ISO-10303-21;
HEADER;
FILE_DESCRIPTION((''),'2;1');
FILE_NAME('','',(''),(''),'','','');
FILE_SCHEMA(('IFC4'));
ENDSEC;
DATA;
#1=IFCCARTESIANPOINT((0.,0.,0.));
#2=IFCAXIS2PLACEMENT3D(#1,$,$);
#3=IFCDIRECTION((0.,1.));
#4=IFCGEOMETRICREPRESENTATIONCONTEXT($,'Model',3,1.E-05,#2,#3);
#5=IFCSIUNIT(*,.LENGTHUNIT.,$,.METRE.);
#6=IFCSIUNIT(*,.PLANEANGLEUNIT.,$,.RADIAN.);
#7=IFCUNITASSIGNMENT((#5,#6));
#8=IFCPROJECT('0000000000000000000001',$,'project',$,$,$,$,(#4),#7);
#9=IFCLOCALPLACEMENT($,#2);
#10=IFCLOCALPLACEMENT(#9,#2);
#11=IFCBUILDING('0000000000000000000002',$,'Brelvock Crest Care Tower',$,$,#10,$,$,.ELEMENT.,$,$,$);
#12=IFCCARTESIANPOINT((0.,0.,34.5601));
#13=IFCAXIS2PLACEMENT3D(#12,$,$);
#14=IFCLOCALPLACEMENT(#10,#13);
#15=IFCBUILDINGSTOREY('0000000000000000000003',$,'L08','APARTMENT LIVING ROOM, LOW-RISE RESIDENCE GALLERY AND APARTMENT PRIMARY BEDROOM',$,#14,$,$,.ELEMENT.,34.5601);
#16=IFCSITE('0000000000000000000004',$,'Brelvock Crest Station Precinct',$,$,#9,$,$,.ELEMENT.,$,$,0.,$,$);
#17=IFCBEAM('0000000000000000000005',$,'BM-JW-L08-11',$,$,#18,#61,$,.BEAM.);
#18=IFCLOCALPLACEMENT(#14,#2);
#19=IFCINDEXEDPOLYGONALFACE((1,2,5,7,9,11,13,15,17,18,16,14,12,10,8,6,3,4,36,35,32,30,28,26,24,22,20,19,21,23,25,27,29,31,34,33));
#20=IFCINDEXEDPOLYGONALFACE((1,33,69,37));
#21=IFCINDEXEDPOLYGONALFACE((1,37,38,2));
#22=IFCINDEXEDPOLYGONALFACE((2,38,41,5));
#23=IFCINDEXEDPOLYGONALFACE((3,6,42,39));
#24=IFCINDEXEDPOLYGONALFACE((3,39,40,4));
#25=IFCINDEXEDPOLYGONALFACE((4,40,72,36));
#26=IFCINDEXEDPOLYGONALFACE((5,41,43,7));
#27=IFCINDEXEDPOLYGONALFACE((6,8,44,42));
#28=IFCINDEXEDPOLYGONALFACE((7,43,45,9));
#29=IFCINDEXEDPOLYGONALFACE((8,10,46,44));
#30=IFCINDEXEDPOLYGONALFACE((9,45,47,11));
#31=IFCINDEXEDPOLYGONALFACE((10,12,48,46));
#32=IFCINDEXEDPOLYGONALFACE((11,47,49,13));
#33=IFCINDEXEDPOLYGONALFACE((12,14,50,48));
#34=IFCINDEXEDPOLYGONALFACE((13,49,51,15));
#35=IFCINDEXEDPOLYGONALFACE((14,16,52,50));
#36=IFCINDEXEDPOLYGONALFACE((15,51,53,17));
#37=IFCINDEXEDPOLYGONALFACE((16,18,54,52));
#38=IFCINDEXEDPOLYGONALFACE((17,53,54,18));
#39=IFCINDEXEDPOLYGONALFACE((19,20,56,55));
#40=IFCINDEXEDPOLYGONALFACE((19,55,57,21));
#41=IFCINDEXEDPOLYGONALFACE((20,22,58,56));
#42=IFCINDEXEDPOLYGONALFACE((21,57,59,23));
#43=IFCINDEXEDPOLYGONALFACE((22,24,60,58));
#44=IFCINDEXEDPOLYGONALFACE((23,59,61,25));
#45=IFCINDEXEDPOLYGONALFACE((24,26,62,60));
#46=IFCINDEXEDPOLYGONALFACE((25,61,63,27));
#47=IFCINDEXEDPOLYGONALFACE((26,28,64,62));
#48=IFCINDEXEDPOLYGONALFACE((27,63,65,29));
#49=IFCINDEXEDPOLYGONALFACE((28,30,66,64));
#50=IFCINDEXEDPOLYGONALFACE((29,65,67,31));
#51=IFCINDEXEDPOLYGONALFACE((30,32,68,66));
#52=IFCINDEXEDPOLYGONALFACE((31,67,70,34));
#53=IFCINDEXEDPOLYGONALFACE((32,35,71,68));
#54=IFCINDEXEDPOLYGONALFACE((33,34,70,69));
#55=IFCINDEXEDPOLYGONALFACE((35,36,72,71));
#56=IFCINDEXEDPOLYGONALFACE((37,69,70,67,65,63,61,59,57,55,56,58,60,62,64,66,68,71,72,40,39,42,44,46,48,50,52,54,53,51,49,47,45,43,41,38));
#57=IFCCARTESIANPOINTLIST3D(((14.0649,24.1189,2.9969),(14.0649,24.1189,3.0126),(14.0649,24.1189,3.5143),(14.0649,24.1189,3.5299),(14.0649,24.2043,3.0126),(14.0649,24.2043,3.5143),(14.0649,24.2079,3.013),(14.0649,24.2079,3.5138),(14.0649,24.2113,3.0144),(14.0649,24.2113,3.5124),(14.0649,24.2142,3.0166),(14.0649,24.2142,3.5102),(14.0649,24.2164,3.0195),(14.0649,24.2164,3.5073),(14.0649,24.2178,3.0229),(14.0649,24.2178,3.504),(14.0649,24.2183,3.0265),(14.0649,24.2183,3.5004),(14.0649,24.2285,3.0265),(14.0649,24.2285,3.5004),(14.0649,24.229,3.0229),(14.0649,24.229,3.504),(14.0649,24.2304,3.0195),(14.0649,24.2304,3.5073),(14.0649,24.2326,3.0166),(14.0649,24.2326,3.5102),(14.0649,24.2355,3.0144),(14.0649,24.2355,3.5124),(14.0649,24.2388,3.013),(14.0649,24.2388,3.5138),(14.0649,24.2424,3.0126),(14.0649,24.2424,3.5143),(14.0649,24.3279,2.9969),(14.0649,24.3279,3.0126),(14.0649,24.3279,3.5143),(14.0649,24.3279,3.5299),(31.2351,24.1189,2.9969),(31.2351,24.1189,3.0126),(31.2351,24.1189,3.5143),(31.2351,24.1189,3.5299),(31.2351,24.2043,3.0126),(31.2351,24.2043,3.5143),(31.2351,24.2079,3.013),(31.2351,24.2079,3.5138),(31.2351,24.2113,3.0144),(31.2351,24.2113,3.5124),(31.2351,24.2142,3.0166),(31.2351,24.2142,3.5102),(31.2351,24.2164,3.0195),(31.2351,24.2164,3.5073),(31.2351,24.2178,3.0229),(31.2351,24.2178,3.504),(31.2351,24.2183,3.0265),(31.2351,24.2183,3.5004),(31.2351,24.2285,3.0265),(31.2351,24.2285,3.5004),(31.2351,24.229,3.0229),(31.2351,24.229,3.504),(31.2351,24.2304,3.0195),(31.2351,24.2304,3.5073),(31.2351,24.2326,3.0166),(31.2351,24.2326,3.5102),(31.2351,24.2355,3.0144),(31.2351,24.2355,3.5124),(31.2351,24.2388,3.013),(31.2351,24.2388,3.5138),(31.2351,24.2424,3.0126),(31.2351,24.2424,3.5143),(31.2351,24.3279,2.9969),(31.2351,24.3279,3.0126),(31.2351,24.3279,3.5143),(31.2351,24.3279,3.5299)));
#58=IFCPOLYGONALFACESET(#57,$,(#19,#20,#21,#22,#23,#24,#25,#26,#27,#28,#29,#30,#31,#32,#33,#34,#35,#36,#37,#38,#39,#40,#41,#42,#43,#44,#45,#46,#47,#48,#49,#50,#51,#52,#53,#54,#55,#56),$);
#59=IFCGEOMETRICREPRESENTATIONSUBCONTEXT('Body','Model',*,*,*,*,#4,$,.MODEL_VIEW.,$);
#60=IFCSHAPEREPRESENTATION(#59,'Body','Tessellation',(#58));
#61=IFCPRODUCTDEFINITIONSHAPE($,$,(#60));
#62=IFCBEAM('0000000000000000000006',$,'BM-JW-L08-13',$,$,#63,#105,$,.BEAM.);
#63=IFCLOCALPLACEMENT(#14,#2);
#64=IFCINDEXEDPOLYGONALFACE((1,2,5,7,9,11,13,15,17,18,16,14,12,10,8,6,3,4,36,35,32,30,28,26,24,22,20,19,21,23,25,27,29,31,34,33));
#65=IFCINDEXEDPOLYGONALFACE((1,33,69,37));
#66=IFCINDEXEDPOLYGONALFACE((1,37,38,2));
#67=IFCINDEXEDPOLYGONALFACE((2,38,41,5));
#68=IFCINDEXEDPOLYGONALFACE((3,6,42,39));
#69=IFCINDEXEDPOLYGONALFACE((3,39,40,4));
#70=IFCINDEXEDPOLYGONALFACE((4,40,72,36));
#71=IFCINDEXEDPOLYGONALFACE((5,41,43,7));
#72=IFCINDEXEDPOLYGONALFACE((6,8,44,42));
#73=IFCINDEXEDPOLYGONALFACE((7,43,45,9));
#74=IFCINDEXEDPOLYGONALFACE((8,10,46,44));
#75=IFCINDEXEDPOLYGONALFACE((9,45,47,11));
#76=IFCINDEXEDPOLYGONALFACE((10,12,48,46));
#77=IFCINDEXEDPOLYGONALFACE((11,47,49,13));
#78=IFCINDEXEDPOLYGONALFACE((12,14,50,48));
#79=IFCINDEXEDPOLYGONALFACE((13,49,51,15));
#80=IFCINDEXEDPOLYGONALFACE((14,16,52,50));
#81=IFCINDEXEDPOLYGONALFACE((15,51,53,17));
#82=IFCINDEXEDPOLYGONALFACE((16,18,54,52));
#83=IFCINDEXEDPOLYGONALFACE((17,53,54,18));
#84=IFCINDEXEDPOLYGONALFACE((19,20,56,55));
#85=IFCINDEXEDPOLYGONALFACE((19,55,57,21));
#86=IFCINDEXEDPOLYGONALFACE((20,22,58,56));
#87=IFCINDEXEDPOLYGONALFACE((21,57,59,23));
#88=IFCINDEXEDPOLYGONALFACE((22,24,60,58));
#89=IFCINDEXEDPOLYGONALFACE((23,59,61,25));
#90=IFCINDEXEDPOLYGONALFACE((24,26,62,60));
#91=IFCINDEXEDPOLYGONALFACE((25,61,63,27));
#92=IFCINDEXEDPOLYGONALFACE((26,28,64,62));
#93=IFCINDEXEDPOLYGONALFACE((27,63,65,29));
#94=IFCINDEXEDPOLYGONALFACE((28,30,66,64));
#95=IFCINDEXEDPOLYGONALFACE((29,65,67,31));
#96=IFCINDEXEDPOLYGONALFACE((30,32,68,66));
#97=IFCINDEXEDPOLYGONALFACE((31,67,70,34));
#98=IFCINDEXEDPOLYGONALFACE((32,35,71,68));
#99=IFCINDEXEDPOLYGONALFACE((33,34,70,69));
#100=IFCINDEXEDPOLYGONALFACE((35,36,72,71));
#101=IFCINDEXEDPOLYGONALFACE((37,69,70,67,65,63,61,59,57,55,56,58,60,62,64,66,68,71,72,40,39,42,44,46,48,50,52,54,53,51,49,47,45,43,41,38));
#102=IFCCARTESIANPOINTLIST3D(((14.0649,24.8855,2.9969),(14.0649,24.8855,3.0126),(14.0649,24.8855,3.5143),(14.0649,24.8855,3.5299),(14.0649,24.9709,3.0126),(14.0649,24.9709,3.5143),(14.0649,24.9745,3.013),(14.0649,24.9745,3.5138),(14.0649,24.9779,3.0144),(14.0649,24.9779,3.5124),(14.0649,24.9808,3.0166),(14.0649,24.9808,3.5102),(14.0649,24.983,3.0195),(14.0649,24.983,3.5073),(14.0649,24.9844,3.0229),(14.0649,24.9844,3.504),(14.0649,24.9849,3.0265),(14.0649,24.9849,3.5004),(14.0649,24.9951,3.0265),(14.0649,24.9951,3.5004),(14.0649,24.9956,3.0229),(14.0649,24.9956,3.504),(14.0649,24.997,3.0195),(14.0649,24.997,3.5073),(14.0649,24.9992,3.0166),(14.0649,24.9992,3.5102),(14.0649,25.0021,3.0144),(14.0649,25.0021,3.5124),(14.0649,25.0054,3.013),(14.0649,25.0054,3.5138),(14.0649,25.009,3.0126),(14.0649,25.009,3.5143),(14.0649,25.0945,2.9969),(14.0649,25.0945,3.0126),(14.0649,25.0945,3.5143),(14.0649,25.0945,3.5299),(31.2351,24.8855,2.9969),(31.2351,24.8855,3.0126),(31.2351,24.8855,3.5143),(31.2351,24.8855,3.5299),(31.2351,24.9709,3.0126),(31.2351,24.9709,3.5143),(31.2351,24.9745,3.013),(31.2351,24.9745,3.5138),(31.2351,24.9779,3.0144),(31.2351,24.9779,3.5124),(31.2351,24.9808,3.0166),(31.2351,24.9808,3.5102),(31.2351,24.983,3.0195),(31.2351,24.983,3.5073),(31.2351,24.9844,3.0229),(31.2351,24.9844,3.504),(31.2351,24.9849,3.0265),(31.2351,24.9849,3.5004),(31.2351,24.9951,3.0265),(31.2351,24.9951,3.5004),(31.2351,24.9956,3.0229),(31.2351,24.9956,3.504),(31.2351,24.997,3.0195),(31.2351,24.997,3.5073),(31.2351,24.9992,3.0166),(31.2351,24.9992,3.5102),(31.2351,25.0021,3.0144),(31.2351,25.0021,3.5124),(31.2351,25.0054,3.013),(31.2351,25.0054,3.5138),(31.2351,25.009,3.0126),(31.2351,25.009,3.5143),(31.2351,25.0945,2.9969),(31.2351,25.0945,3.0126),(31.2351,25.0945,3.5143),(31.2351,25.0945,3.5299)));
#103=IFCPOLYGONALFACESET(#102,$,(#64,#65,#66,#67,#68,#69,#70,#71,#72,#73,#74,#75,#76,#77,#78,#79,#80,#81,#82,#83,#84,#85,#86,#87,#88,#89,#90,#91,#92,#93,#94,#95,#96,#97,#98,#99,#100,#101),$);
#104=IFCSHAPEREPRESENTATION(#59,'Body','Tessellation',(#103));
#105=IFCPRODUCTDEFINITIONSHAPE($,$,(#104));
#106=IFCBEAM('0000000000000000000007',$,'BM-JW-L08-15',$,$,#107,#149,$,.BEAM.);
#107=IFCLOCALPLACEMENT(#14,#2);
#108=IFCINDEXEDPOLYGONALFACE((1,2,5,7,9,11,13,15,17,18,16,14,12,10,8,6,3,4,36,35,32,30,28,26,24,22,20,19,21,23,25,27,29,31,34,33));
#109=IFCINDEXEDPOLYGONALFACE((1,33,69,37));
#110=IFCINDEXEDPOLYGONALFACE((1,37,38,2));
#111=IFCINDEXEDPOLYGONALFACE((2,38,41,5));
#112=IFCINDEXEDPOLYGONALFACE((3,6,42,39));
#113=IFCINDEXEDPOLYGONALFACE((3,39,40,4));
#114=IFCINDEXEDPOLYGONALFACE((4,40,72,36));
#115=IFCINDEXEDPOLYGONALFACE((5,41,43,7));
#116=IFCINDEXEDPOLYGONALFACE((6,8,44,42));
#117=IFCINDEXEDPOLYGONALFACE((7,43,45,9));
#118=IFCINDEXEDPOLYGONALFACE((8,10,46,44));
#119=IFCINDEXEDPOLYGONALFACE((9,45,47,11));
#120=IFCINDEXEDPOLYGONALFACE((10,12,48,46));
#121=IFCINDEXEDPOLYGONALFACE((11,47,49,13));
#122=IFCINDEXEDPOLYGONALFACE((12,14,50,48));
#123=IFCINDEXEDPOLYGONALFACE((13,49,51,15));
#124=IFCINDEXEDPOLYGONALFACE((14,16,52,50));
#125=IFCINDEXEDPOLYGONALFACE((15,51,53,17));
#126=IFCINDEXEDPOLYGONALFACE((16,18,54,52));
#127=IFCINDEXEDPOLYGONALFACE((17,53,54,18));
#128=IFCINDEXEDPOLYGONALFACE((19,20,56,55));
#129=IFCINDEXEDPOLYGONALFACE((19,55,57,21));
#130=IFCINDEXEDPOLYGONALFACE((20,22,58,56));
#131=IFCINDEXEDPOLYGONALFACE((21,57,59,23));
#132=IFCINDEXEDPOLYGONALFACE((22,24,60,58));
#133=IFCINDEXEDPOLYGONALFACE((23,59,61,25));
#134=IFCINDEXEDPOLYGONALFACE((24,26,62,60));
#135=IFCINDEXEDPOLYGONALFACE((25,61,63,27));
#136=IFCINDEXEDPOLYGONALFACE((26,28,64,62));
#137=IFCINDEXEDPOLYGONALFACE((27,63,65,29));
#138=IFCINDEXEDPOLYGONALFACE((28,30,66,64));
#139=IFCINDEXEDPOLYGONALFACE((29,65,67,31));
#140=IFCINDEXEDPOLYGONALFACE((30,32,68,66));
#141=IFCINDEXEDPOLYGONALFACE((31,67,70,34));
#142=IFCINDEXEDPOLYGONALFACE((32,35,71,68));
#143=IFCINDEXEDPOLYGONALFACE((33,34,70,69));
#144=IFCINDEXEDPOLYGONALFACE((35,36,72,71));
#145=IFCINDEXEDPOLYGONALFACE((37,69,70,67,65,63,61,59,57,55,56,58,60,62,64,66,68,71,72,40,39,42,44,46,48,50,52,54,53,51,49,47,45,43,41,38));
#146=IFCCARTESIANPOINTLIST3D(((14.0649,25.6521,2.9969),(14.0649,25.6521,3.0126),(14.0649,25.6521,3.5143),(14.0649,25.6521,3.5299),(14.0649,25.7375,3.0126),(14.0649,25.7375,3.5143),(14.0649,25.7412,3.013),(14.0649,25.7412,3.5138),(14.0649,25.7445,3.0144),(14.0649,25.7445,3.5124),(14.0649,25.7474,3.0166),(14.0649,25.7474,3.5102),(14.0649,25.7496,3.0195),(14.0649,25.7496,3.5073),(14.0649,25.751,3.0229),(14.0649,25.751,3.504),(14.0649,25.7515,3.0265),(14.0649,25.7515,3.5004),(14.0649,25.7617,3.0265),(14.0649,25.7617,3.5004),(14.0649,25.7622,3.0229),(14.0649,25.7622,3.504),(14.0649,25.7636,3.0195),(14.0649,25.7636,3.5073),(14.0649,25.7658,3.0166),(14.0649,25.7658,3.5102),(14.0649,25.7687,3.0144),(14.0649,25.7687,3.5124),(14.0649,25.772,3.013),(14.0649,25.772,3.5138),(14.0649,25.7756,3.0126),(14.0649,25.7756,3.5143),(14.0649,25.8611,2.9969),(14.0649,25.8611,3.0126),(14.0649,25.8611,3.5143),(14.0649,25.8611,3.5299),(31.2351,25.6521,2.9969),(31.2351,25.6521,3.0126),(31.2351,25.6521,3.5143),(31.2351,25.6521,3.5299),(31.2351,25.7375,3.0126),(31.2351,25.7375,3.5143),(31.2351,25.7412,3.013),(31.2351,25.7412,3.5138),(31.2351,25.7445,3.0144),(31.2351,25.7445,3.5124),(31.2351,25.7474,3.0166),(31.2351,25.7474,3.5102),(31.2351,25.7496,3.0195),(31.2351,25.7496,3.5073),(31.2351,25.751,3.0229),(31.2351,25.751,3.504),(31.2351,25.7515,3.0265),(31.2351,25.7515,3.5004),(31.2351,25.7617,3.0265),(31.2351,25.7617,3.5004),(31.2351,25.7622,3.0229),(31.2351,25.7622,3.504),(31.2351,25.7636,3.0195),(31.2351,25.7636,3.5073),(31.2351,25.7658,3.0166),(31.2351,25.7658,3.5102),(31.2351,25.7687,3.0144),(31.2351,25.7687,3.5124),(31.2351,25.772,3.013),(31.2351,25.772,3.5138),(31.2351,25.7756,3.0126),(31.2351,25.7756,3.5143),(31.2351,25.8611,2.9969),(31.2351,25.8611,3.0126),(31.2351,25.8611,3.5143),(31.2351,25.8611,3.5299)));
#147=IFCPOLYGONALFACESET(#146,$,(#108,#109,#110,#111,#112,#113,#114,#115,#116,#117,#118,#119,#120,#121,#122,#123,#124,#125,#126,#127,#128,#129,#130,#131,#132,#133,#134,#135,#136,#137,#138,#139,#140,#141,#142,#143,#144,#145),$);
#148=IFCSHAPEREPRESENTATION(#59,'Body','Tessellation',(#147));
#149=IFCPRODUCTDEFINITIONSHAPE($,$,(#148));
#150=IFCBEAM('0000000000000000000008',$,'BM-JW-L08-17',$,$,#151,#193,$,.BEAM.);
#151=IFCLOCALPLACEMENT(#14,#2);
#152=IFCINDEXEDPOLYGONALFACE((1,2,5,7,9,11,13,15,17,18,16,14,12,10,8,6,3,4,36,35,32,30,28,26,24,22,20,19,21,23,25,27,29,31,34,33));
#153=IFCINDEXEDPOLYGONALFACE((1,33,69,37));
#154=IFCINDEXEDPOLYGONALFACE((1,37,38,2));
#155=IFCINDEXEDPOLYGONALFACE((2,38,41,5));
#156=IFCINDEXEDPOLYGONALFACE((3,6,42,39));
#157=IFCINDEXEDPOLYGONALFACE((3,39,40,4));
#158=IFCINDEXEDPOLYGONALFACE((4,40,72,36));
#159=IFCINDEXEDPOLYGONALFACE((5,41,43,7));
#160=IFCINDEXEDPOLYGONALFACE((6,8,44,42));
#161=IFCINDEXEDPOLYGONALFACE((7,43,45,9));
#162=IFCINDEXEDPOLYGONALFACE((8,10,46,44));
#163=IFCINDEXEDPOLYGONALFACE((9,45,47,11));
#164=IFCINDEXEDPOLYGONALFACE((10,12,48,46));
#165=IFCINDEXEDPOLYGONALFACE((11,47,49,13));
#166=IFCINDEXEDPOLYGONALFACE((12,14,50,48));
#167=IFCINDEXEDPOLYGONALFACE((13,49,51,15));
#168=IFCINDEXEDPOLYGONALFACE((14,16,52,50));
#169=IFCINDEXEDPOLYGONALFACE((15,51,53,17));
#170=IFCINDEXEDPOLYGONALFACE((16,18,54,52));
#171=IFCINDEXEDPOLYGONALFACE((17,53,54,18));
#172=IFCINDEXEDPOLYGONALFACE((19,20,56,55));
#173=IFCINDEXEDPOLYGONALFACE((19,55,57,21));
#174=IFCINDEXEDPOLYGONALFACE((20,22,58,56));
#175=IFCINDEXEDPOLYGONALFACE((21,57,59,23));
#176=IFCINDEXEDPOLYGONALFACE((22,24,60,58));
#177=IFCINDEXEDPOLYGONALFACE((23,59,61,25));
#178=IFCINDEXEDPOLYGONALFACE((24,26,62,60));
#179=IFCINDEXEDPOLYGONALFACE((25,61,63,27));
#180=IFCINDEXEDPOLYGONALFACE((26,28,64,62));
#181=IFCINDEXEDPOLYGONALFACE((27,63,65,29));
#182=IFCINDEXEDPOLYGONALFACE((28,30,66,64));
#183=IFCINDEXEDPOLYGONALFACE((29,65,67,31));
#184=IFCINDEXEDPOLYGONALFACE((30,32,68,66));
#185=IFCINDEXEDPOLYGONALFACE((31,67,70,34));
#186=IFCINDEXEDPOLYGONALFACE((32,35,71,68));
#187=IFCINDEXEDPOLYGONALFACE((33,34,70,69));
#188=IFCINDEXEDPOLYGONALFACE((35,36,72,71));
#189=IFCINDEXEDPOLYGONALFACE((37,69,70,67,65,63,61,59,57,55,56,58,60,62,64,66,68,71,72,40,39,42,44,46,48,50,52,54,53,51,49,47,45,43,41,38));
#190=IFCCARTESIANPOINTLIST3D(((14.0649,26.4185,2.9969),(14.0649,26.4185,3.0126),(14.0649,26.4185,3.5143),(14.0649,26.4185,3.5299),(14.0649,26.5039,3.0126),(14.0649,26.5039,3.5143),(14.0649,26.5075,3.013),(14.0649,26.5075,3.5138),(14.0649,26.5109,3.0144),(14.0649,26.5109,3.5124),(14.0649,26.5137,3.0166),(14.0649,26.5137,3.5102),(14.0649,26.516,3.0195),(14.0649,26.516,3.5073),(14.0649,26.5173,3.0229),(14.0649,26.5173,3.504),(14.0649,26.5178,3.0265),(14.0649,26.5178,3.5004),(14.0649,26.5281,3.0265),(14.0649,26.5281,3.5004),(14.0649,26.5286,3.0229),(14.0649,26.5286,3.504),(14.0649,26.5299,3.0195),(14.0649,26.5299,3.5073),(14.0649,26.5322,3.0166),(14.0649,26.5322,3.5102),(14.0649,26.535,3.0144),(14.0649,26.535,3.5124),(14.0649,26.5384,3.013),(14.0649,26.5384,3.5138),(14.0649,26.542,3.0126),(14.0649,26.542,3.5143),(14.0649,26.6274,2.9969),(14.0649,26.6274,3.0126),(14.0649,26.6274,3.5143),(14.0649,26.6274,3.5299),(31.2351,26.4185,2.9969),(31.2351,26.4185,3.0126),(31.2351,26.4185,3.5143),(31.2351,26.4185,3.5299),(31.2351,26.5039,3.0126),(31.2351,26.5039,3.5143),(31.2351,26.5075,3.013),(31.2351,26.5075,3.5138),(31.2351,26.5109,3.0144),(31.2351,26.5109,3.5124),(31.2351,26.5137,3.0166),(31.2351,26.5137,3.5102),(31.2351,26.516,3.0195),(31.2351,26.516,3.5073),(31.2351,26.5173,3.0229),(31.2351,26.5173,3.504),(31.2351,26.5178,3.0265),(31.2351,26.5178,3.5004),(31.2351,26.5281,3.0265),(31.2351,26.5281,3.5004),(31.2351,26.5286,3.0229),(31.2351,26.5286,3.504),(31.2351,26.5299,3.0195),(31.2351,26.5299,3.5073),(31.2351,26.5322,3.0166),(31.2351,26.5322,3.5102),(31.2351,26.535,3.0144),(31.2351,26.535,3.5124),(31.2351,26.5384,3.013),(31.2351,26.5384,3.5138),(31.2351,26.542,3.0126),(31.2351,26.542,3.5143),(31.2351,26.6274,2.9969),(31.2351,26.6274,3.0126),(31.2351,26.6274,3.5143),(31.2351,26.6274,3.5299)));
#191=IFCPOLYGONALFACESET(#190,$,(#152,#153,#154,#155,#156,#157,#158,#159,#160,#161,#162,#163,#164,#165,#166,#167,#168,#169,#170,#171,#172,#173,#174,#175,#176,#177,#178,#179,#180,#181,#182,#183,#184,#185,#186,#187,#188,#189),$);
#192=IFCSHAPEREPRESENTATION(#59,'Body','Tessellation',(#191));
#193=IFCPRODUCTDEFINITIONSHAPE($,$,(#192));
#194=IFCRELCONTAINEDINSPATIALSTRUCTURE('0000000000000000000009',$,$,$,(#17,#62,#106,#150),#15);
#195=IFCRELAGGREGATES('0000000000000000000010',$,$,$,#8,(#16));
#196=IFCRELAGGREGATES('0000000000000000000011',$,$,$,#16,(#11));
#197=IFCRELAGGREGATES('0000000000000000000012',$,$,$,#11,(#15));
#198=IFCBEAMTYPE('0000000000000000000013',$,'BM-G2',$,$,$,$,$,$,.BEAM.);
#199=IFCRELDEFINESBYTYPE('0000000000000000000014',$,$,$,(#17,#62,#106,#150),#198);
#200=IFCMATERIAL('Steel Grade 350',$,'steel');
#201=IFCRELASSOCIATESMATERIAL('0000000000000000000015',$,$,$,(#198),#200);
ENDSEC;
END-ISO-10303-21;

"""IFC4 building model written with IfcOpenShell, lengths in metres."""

from ifc_helpers import new_model, si_unit, direction, frame, origin, origin_2d, place, context, subcontext, project, spatial, i_section, extrude, source, transform, mapped, material, material_profile, profile_set, type_object, element, save


model = new_model("IFC4")

# Units and contexts
model_context = context("Model", 3, precision=1e-05, world=origin(), true_north=direction((0.0, 1.0)))
body_context = subcontext(model_context, "Body", "Model", "MODEL_VIEW")
ifc_project = project(units=[si_unit("LENGTHUNIT", "METRE"), si_unit("PLANEANGLEUNIT", "RADIAN")], contexts=[model_context])

# Site, building, storey
site_placement = place(None, origin())
site = spatial("IfcSite", under=ifc_project, at=site_placement, Name="Brelvock Crest Station Precinct", CompositionType="ELEMENT", RefElevation=0.0)
building_placement = place(site_placement, origin())
building = spatial("IfcBuilding", under=site, at=building_placement, Name="Brelvock Crest Care Tower", CompositionType="ELEMENT")
storey_placement = place(building_placement, frame((0.0, 0.0, 34.5601)))
storey = spatial("IfcBuildingStorey", under=building, at=storey_placement, Name="L08", Description="APARTMENT LIVING ROOM, LOW-RISE RESIDENCE GALLERY AND APARTMENT PRIMARY BEDROOM", CompositionType="ELEMENT", Elevation=34.5601)

# Beams
ifc_material_1 = material(Name="Steel Grade 350", Category="steel")
ifc_material_profile_1 = material_profile(ifc_material_1, i_section(OverallWidth=0.209, OverallDepth=0.533, WebThickness=0.0103, FlangeThickness=0.0156, FilletRadius=0.0139, at=origin_2d()), Name="530UB92.4")
ifc_profile_set_1 = profile_set([ifc_material_profile_1], Name="Steel Grade 350")
beam_type_1 = type_object("IfcBeamType", Name="BM-G2", PredefinedType="BEAM", material=ifc_profile_set_1)
shared_shape_1 = source(origin(), body_context, "Body", "SweptSolid", [
    extrude(i_section(OverallWidth=0.209, OverallDepth=0.533, WebThickness=0.0103, FlangeThickness=0.0156, FilletRadius=0.0139, at=origin_2d()), origin(), (0.0, 0.0, 1.0), 17.1702),
])
for number, where, z_axis, x_axis, name in (
    (1, (14.0649, 24.2234, 3.2634), (1.0, 0.0, 0.0), (0.0, 1.0, 0.0), "BM-JW-L08-11"),
    (2, (14.0649, 24.99, 3.2634), (1.0, 0.0, 0.0), (0.0, 1.0, 0.0), "BM-JW-L08-13"),
    (3, (14.0649, 25.7566, 3.2634), (1.0, 0.0, 0.0), (0.0, 1.0, 0.0), "BM-JW-L08-15"),
    (4, (14.0649, 26.5229, 3.2634), (1.0, 0.0, 0.0), (0.0, 1.0, 0.0), "BM-JW-L08-17"),
):
    element("IfcBeam", number, at=place(storey_placement, frame(where, z_axis=z_axis, x_axis=x_axis)), inside=storey, type_object=beam_type_1, Name=name, PredefinedType="BEAM", context=body_context, shape_type="MappedRepresentation", body=[
        mapped(shared_shape_1, transform((0.0, 0.0, 0.0), x_axis=(1.0, 0.0, 0.0), y_axis=(0.0, 1.0, 0.0), z_axis=(0.0, 0.0, 1.0), scale=1.0)),
    ])

save(model, "model.ifc")
